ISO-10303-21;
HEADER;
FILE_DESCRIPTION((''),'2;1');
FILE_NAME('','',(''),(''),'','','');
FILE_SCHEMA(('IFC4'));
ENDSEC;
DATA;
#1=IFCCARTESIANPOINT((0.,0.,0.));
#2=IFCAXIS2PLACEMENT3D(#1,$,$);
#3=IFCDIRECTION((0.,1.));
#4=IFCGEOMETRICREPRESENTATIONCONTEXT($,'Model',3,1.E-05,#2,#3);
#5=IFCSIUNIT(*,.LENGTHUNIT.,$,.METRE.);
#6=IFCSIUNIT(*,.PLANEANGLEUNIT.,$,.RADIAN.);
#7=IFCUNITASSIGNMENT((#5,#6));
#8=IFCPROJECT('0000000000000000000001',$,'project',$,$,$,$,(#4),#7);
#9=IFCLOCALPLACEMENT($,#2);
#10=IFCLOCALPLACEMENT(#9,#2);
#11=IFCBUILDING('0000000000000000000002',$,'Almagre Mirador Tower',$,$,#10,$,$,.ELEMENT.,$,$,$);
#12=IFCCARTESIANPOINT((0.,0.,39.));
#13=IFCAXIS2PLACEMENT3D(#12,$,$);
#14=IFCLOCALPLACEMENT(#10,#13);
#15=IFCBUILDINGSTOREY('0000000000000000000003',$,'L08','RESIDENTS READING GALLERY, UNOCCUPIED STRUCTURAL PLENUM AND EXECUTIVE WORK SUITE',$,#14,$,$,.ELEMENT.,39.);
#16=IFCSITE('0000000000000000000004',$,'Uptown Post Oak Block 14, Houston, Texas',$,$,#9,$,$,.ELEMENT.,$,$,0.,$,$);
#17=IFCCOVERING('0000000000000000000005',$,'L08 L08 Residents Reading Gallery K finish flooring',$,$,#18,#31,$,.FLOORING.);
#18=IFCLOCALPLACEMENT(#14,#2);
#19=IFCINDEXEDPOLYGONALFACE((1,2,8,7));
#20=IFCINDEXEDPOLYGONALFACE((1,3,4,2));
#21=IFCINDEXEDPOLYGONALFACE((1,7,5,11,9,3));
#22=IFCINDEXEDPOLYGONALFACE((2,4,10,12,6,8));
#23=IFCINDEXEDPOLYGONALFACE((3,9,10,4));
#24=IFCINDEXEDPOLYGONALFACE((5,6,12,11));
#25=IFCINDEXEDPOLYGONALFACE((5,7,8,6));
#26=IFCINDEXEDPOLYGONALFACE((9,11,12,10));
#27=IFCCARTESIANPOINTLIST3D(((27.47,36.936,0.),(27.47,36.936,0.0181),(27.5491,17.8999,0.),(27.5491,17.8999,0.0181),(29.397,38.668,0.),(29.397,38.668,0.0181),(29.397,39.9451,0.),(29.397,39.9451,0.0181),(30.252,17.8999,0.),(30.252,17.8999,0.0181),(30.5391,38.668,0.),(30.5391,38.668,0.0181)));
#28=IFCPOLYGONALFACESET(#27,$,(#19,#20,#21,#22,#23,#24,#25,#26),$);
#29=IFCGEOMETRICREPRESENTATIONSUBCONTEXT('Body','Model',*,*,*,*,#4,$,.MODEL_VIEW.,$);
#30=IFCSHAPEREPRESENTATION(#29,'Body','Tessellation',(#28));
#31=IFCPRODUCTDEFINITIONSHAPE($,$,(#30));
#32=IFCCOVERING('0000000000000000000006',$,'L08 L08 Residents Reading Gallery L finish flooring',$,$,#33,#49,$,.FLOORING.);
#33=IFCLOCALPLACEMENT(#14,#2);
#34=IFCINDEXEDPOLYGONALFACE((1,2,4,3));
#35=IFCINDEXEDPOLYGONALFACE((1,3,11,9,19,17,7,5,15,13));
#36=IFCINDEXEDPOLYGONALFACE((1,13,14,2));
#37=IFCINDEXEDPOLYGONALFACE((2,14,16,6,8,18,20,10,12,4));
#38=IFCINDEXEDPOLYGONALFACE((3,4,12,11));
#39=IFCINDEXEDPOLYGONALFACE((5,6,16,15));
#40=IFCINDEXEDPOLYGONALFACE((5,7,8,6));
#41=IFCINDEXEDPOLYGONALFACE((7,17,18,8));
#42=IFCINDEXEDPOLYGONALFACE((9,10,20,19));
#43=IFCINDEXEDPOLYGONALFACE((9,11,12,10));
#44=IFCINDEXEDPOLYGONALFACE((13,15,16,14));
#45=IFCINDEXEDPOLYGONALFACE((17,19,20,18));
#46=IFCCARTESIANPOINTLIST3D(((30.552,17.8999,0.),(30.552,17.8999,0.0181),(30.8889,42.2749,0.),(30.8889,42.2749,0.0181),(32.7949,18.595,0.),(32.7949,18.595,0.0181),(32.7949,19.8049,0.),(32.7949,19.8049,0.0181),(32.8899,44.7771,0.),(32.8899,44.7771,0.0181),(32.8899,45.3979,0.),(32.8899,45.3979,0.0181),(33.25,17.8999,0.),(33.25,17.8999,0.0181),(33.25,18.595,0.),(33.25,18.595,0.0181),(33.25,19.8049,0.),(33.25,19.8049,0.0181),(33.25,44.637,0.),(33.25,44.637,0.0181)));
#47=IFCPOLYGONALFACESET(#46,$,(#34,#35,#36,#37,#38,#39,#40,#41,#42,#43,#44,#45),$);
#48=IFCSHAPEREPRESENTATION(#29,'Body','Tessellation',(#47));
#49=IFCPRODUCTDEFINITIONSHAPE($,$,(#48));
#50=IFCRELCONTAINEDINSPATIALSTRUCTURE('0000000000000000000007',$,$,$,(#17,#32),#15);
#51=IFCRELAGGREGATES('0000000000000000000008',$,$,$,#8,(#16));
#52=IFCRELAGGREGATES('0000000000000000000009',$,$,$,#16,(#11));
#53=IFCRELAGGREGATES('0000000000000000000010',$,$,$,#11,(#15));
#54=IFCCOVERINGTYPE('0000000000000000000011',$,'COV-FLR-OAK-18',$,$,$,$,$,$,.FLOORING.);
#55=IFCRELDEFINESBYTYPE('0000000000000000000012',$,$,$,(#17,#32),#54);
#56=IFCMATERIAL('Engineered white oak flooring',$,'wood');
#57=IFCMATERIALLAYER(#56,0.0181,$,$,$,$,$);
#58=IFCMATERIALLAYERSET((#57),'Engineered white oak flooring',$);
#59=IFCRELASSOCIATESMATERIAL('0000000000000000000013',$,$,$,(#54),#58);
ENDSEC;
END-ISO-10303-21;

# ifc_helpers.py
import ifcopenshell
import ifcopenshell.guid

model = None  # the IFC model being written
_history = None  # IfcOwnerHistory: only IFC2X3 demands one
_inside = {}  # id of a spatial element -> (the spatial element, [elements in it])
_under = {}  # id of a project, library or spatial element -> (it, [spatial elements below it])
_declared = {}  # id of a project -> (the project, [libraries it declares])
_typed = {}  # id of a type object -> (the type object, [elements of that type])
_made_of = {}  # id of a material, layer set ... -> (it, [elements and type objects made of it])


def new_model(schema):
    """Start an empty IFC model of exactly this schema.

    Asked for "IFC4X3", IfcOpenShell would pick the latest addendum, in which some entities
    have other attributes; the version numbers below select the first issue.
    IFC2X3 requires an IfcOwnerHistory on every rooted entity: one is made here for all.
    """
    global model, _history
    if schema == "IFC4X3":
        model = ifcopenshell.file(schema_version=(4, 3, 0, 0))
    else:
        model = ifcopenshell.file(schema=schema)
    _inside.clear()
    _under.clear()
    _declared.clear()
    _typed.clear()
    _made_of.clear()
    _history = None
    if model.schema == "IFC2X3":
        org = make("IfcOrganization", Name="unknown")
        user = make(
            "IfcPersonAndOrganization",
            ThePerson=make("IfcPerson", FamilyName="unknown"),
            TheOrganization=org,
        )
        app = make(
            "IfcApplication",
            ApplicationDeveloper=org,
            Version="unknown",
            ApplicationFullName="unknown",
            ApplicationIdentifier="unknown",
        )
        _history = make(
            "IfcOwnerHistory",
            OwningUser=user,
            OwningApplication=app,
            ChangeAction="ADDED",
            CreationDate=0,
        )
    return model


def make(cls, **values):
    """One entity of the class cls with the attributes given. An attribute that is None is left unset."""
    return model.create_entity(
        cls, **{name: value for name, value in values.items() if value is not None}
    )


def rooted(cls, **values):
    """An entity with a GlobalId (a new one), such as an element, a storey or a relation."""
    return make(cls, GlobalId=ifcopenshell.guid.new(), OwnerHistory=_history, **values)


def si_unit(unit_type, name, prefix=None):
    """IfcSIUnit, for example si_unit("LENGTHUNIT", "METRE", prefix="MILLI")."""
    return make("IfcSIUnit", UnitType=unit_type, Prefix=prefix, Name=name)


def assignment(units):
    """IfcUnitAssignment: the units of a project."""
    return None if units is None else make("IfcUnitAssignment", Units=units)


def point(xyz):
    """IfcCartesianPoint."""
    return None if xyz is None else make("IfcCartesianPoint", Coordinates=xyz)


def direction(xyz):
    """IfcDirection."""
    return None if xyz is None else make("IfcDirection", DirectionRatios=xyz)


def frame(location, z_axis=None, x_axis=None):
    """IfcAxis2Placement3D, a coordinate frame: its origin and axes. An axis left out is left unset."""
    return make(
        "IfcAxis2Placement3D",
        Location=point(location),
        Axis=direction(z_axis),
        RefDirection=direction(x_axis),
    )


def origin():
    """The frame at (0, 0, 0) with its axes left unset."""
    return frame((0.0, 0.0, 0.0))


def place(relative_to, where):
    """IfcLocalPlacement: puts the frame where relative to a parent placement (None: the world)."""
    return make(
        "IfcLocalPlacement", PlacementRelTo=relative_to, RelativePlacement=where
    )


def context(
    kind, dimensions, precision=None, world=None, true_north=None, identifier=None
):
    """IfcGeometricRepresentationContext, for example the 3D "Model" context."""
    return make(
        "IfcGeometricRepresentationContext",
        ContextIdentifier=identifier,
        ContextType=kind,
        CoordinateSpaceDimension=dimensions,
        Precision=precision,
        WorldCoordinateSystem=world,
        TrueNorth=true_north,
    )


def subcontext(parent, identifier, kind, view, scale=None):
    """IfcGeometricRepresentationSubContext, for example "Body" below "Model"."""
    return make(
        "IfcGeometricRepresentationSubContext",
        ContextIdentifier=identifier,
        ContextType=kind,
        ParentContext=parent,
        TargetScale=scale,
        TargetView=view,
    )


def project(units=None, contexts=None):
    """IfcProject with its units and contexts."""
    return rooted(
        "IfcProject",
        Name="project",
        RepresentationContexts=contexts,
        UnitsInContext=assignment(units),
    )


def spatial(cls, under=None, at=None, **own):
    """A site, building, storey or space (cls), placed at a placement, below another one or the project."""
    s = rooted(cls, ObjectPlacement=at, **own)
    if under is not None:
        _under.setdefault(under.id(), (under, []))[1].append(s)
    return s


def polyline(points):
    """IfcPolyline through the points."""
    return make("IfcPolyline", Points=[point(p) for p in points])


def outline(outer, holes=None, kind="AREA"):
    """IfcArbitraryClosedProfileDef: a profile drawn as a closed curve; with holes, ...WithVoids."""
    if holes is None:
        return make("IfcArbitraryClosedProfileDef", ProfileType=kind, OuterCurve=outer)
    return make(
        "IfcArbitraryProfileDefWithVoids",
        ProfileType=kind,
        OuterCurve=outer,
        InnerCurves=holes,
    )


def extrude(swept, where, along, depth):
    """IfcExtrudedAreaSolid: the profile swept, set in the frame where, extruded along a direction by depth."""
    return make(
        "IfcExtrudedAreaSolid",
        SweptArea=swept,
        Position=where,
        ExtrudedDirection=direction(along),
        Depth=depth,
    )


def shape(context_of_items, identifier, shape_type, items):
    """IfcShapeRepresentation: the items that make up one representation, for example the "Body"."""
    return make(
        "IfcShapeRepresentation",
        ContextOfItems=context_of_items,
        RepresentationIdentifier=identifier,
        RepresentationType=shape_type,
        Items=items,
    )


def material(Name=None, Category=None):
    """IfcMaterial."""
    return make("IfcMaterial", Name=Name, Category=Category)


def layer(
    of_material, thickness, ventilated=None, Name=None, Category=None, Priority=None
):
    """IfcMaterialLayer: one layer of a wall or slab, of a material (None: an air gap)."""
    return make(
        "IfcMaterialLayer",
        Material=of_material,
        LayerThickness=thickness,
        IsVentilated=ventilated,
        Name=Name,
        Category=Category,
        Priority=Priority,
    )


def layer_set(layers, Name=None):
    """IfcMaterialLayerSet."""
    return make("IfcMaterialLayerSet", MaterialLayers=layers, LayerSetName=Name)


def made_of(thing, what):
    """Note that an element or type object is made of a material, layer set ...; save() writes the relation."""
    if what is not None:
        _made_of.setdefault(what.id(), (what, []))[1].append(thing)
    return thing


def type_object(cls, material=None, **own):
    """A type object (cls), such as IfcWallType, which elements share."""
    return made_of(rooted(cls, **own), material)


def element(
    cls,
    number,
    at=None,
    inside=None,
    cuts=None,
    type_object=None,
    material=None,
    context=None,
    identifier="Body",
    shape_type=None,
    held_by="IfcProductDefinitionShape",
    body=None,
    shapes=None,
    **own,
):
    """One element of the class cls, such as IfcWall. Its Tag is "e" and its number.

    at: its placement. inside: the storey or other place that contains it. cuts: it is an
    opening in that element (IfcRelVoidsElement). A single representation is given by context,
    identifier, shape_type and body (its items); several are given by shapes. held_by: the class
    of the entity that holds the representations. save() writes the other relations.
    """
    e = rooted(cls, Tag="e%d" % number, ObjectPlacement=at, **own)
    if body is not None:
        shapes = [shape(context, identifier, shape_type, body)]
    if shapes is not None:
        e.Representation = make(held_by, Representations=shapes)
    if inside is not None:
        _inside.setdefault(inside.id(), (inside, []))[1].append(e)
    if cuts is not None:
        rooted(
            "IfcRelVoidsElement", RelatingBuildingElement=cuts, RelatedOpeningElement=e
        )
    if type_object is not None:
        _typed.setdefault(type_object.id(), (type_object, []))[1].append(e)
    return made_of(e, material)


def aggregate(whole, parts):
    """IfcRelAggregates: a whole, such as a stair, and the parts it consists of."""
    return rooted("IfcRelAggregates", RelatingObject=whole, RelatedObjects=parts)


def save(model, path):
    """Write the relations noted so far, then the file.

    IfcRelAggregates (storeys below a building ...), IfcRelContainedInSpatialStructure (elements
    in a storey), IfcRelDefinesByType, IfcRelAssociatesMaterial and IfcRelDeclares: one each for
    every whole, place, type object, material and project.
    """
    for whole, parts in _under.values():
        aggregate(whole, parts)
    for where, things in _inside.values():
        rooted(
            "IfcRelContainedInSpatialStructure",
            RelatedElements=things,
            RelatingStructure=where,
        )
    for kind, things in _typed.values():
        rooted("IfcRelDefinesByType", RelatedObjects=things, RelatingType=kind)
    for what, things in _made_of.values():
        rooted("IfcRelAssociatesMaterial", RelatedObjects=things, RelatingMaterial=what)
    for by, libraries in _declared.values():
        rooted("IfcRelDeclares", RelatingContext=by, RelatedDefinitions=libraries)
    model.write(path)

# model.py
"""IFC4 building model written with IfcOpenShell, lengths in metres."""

from ifc_helpers import new_model, si_unit, direction, frame, origin, place, context, subcontext, project, spatial, polyline, outline, extrude, material, layer, layer_set, type_object, element, save


model = new_model("IFC4")

# Units and contexts
model_context = context("Model", 3, precision=1e-05, world=origin(), true_north=direction((0.0, 1.0)))
body_context = subcontext(model_context, "Body", "Model", "MODEL_VIEW")
ifc_project = project(units=[si_unit("LENGTHUNIT", "METRE"), si_unit("PLANEANGLEUNIT", "RADIAN")], contexts=[model_context])

# Site, building, storey
site_placement = place(None, origin())
site = spatial("IfcSite", under=ifc_project, at=site_placement, Name="Uptown Post Oak Block 14, Houston, Texas", CompositionType="ELEMENT", RefElevation=0.0)
building_placement = place(site_placement, origin())
building = spatial("IfcBuilding", under=site, at=building_placement, Name="Almagre Mirador Tower", CompositionType="ELEMENT")
storey_placement = place(building_placement, frame((0.0, 0.0, 39.0)))
storey = spatial("IfcBuildingStorey", under=building, at=storey_placement, Name="L08", Description="RESIDENTS READING GALLERY, UNOCCUPIED STRUCTURAL PLENUM AND EXECUTIVE WORK SUITE", CompositionType="ELEMENT", Elevation=39.0)

# Coverings
ifc_material_1 = material(Name="Engineered white oak flooring", Category="wood")
ifc_layer_1 = layer(ifc_material_1, 0.0181)
ifc_layer_set_1 = layer_set([ifc_layer_1], Name="Engineered white oak flooring")
covering_type = type_object("IfcCoveringType", Name="COV-FLR-OAK-18", PredefinedType="FLOORING", material=ifc_layer_set_1)
covering_1_placement = place(storey_placement, origin())
element("IfcCovering", 1, at=covering_1_placement, inside=storey, type_object=covering_type, Name="L08 L08 Residents Reading Gallery K finish flooring", PredefinedType="FLOORING", context=body_context, shape_type="SweptSolid", body=[
    extrude(outline(polyline([(27.47, 36.936), (29.397, 39.9451), (29.397, 38.668), (30.5391, 38.668), (30.252, 17.8999), (27.5491, 17.8999), (27.47, 36.936)])), origin(), (0.0, 0.0, 1.0), 0.0181),
])
covering_2_placement = place(storey_placement, origin())
element("IfcCovering", 2, at=covering_2_placement, inside=storey, type_object=covering_type, Name="L08 L08 Residents Reading Gallery L finish flooring", PredefinedType="FLOORING", context=body_context, shape_type="SweptSolid", body=[
    extrude(outline(polyline([(33.25, 44.637), (33.25, 19.8049), (32.7949, 19.8049), (32.7949, 18.595), (33.25, 18.595), (33.25, 17.8999), (30.552, 17.8999), (30.8889, 42.2749), (32.8899, 45.3979), (32.8899, 44.7771), (33.25, 44.637)])), origin(), (0.0, 0.0, 1.0), 0.0181),
])

save(model, "model.ifc")
